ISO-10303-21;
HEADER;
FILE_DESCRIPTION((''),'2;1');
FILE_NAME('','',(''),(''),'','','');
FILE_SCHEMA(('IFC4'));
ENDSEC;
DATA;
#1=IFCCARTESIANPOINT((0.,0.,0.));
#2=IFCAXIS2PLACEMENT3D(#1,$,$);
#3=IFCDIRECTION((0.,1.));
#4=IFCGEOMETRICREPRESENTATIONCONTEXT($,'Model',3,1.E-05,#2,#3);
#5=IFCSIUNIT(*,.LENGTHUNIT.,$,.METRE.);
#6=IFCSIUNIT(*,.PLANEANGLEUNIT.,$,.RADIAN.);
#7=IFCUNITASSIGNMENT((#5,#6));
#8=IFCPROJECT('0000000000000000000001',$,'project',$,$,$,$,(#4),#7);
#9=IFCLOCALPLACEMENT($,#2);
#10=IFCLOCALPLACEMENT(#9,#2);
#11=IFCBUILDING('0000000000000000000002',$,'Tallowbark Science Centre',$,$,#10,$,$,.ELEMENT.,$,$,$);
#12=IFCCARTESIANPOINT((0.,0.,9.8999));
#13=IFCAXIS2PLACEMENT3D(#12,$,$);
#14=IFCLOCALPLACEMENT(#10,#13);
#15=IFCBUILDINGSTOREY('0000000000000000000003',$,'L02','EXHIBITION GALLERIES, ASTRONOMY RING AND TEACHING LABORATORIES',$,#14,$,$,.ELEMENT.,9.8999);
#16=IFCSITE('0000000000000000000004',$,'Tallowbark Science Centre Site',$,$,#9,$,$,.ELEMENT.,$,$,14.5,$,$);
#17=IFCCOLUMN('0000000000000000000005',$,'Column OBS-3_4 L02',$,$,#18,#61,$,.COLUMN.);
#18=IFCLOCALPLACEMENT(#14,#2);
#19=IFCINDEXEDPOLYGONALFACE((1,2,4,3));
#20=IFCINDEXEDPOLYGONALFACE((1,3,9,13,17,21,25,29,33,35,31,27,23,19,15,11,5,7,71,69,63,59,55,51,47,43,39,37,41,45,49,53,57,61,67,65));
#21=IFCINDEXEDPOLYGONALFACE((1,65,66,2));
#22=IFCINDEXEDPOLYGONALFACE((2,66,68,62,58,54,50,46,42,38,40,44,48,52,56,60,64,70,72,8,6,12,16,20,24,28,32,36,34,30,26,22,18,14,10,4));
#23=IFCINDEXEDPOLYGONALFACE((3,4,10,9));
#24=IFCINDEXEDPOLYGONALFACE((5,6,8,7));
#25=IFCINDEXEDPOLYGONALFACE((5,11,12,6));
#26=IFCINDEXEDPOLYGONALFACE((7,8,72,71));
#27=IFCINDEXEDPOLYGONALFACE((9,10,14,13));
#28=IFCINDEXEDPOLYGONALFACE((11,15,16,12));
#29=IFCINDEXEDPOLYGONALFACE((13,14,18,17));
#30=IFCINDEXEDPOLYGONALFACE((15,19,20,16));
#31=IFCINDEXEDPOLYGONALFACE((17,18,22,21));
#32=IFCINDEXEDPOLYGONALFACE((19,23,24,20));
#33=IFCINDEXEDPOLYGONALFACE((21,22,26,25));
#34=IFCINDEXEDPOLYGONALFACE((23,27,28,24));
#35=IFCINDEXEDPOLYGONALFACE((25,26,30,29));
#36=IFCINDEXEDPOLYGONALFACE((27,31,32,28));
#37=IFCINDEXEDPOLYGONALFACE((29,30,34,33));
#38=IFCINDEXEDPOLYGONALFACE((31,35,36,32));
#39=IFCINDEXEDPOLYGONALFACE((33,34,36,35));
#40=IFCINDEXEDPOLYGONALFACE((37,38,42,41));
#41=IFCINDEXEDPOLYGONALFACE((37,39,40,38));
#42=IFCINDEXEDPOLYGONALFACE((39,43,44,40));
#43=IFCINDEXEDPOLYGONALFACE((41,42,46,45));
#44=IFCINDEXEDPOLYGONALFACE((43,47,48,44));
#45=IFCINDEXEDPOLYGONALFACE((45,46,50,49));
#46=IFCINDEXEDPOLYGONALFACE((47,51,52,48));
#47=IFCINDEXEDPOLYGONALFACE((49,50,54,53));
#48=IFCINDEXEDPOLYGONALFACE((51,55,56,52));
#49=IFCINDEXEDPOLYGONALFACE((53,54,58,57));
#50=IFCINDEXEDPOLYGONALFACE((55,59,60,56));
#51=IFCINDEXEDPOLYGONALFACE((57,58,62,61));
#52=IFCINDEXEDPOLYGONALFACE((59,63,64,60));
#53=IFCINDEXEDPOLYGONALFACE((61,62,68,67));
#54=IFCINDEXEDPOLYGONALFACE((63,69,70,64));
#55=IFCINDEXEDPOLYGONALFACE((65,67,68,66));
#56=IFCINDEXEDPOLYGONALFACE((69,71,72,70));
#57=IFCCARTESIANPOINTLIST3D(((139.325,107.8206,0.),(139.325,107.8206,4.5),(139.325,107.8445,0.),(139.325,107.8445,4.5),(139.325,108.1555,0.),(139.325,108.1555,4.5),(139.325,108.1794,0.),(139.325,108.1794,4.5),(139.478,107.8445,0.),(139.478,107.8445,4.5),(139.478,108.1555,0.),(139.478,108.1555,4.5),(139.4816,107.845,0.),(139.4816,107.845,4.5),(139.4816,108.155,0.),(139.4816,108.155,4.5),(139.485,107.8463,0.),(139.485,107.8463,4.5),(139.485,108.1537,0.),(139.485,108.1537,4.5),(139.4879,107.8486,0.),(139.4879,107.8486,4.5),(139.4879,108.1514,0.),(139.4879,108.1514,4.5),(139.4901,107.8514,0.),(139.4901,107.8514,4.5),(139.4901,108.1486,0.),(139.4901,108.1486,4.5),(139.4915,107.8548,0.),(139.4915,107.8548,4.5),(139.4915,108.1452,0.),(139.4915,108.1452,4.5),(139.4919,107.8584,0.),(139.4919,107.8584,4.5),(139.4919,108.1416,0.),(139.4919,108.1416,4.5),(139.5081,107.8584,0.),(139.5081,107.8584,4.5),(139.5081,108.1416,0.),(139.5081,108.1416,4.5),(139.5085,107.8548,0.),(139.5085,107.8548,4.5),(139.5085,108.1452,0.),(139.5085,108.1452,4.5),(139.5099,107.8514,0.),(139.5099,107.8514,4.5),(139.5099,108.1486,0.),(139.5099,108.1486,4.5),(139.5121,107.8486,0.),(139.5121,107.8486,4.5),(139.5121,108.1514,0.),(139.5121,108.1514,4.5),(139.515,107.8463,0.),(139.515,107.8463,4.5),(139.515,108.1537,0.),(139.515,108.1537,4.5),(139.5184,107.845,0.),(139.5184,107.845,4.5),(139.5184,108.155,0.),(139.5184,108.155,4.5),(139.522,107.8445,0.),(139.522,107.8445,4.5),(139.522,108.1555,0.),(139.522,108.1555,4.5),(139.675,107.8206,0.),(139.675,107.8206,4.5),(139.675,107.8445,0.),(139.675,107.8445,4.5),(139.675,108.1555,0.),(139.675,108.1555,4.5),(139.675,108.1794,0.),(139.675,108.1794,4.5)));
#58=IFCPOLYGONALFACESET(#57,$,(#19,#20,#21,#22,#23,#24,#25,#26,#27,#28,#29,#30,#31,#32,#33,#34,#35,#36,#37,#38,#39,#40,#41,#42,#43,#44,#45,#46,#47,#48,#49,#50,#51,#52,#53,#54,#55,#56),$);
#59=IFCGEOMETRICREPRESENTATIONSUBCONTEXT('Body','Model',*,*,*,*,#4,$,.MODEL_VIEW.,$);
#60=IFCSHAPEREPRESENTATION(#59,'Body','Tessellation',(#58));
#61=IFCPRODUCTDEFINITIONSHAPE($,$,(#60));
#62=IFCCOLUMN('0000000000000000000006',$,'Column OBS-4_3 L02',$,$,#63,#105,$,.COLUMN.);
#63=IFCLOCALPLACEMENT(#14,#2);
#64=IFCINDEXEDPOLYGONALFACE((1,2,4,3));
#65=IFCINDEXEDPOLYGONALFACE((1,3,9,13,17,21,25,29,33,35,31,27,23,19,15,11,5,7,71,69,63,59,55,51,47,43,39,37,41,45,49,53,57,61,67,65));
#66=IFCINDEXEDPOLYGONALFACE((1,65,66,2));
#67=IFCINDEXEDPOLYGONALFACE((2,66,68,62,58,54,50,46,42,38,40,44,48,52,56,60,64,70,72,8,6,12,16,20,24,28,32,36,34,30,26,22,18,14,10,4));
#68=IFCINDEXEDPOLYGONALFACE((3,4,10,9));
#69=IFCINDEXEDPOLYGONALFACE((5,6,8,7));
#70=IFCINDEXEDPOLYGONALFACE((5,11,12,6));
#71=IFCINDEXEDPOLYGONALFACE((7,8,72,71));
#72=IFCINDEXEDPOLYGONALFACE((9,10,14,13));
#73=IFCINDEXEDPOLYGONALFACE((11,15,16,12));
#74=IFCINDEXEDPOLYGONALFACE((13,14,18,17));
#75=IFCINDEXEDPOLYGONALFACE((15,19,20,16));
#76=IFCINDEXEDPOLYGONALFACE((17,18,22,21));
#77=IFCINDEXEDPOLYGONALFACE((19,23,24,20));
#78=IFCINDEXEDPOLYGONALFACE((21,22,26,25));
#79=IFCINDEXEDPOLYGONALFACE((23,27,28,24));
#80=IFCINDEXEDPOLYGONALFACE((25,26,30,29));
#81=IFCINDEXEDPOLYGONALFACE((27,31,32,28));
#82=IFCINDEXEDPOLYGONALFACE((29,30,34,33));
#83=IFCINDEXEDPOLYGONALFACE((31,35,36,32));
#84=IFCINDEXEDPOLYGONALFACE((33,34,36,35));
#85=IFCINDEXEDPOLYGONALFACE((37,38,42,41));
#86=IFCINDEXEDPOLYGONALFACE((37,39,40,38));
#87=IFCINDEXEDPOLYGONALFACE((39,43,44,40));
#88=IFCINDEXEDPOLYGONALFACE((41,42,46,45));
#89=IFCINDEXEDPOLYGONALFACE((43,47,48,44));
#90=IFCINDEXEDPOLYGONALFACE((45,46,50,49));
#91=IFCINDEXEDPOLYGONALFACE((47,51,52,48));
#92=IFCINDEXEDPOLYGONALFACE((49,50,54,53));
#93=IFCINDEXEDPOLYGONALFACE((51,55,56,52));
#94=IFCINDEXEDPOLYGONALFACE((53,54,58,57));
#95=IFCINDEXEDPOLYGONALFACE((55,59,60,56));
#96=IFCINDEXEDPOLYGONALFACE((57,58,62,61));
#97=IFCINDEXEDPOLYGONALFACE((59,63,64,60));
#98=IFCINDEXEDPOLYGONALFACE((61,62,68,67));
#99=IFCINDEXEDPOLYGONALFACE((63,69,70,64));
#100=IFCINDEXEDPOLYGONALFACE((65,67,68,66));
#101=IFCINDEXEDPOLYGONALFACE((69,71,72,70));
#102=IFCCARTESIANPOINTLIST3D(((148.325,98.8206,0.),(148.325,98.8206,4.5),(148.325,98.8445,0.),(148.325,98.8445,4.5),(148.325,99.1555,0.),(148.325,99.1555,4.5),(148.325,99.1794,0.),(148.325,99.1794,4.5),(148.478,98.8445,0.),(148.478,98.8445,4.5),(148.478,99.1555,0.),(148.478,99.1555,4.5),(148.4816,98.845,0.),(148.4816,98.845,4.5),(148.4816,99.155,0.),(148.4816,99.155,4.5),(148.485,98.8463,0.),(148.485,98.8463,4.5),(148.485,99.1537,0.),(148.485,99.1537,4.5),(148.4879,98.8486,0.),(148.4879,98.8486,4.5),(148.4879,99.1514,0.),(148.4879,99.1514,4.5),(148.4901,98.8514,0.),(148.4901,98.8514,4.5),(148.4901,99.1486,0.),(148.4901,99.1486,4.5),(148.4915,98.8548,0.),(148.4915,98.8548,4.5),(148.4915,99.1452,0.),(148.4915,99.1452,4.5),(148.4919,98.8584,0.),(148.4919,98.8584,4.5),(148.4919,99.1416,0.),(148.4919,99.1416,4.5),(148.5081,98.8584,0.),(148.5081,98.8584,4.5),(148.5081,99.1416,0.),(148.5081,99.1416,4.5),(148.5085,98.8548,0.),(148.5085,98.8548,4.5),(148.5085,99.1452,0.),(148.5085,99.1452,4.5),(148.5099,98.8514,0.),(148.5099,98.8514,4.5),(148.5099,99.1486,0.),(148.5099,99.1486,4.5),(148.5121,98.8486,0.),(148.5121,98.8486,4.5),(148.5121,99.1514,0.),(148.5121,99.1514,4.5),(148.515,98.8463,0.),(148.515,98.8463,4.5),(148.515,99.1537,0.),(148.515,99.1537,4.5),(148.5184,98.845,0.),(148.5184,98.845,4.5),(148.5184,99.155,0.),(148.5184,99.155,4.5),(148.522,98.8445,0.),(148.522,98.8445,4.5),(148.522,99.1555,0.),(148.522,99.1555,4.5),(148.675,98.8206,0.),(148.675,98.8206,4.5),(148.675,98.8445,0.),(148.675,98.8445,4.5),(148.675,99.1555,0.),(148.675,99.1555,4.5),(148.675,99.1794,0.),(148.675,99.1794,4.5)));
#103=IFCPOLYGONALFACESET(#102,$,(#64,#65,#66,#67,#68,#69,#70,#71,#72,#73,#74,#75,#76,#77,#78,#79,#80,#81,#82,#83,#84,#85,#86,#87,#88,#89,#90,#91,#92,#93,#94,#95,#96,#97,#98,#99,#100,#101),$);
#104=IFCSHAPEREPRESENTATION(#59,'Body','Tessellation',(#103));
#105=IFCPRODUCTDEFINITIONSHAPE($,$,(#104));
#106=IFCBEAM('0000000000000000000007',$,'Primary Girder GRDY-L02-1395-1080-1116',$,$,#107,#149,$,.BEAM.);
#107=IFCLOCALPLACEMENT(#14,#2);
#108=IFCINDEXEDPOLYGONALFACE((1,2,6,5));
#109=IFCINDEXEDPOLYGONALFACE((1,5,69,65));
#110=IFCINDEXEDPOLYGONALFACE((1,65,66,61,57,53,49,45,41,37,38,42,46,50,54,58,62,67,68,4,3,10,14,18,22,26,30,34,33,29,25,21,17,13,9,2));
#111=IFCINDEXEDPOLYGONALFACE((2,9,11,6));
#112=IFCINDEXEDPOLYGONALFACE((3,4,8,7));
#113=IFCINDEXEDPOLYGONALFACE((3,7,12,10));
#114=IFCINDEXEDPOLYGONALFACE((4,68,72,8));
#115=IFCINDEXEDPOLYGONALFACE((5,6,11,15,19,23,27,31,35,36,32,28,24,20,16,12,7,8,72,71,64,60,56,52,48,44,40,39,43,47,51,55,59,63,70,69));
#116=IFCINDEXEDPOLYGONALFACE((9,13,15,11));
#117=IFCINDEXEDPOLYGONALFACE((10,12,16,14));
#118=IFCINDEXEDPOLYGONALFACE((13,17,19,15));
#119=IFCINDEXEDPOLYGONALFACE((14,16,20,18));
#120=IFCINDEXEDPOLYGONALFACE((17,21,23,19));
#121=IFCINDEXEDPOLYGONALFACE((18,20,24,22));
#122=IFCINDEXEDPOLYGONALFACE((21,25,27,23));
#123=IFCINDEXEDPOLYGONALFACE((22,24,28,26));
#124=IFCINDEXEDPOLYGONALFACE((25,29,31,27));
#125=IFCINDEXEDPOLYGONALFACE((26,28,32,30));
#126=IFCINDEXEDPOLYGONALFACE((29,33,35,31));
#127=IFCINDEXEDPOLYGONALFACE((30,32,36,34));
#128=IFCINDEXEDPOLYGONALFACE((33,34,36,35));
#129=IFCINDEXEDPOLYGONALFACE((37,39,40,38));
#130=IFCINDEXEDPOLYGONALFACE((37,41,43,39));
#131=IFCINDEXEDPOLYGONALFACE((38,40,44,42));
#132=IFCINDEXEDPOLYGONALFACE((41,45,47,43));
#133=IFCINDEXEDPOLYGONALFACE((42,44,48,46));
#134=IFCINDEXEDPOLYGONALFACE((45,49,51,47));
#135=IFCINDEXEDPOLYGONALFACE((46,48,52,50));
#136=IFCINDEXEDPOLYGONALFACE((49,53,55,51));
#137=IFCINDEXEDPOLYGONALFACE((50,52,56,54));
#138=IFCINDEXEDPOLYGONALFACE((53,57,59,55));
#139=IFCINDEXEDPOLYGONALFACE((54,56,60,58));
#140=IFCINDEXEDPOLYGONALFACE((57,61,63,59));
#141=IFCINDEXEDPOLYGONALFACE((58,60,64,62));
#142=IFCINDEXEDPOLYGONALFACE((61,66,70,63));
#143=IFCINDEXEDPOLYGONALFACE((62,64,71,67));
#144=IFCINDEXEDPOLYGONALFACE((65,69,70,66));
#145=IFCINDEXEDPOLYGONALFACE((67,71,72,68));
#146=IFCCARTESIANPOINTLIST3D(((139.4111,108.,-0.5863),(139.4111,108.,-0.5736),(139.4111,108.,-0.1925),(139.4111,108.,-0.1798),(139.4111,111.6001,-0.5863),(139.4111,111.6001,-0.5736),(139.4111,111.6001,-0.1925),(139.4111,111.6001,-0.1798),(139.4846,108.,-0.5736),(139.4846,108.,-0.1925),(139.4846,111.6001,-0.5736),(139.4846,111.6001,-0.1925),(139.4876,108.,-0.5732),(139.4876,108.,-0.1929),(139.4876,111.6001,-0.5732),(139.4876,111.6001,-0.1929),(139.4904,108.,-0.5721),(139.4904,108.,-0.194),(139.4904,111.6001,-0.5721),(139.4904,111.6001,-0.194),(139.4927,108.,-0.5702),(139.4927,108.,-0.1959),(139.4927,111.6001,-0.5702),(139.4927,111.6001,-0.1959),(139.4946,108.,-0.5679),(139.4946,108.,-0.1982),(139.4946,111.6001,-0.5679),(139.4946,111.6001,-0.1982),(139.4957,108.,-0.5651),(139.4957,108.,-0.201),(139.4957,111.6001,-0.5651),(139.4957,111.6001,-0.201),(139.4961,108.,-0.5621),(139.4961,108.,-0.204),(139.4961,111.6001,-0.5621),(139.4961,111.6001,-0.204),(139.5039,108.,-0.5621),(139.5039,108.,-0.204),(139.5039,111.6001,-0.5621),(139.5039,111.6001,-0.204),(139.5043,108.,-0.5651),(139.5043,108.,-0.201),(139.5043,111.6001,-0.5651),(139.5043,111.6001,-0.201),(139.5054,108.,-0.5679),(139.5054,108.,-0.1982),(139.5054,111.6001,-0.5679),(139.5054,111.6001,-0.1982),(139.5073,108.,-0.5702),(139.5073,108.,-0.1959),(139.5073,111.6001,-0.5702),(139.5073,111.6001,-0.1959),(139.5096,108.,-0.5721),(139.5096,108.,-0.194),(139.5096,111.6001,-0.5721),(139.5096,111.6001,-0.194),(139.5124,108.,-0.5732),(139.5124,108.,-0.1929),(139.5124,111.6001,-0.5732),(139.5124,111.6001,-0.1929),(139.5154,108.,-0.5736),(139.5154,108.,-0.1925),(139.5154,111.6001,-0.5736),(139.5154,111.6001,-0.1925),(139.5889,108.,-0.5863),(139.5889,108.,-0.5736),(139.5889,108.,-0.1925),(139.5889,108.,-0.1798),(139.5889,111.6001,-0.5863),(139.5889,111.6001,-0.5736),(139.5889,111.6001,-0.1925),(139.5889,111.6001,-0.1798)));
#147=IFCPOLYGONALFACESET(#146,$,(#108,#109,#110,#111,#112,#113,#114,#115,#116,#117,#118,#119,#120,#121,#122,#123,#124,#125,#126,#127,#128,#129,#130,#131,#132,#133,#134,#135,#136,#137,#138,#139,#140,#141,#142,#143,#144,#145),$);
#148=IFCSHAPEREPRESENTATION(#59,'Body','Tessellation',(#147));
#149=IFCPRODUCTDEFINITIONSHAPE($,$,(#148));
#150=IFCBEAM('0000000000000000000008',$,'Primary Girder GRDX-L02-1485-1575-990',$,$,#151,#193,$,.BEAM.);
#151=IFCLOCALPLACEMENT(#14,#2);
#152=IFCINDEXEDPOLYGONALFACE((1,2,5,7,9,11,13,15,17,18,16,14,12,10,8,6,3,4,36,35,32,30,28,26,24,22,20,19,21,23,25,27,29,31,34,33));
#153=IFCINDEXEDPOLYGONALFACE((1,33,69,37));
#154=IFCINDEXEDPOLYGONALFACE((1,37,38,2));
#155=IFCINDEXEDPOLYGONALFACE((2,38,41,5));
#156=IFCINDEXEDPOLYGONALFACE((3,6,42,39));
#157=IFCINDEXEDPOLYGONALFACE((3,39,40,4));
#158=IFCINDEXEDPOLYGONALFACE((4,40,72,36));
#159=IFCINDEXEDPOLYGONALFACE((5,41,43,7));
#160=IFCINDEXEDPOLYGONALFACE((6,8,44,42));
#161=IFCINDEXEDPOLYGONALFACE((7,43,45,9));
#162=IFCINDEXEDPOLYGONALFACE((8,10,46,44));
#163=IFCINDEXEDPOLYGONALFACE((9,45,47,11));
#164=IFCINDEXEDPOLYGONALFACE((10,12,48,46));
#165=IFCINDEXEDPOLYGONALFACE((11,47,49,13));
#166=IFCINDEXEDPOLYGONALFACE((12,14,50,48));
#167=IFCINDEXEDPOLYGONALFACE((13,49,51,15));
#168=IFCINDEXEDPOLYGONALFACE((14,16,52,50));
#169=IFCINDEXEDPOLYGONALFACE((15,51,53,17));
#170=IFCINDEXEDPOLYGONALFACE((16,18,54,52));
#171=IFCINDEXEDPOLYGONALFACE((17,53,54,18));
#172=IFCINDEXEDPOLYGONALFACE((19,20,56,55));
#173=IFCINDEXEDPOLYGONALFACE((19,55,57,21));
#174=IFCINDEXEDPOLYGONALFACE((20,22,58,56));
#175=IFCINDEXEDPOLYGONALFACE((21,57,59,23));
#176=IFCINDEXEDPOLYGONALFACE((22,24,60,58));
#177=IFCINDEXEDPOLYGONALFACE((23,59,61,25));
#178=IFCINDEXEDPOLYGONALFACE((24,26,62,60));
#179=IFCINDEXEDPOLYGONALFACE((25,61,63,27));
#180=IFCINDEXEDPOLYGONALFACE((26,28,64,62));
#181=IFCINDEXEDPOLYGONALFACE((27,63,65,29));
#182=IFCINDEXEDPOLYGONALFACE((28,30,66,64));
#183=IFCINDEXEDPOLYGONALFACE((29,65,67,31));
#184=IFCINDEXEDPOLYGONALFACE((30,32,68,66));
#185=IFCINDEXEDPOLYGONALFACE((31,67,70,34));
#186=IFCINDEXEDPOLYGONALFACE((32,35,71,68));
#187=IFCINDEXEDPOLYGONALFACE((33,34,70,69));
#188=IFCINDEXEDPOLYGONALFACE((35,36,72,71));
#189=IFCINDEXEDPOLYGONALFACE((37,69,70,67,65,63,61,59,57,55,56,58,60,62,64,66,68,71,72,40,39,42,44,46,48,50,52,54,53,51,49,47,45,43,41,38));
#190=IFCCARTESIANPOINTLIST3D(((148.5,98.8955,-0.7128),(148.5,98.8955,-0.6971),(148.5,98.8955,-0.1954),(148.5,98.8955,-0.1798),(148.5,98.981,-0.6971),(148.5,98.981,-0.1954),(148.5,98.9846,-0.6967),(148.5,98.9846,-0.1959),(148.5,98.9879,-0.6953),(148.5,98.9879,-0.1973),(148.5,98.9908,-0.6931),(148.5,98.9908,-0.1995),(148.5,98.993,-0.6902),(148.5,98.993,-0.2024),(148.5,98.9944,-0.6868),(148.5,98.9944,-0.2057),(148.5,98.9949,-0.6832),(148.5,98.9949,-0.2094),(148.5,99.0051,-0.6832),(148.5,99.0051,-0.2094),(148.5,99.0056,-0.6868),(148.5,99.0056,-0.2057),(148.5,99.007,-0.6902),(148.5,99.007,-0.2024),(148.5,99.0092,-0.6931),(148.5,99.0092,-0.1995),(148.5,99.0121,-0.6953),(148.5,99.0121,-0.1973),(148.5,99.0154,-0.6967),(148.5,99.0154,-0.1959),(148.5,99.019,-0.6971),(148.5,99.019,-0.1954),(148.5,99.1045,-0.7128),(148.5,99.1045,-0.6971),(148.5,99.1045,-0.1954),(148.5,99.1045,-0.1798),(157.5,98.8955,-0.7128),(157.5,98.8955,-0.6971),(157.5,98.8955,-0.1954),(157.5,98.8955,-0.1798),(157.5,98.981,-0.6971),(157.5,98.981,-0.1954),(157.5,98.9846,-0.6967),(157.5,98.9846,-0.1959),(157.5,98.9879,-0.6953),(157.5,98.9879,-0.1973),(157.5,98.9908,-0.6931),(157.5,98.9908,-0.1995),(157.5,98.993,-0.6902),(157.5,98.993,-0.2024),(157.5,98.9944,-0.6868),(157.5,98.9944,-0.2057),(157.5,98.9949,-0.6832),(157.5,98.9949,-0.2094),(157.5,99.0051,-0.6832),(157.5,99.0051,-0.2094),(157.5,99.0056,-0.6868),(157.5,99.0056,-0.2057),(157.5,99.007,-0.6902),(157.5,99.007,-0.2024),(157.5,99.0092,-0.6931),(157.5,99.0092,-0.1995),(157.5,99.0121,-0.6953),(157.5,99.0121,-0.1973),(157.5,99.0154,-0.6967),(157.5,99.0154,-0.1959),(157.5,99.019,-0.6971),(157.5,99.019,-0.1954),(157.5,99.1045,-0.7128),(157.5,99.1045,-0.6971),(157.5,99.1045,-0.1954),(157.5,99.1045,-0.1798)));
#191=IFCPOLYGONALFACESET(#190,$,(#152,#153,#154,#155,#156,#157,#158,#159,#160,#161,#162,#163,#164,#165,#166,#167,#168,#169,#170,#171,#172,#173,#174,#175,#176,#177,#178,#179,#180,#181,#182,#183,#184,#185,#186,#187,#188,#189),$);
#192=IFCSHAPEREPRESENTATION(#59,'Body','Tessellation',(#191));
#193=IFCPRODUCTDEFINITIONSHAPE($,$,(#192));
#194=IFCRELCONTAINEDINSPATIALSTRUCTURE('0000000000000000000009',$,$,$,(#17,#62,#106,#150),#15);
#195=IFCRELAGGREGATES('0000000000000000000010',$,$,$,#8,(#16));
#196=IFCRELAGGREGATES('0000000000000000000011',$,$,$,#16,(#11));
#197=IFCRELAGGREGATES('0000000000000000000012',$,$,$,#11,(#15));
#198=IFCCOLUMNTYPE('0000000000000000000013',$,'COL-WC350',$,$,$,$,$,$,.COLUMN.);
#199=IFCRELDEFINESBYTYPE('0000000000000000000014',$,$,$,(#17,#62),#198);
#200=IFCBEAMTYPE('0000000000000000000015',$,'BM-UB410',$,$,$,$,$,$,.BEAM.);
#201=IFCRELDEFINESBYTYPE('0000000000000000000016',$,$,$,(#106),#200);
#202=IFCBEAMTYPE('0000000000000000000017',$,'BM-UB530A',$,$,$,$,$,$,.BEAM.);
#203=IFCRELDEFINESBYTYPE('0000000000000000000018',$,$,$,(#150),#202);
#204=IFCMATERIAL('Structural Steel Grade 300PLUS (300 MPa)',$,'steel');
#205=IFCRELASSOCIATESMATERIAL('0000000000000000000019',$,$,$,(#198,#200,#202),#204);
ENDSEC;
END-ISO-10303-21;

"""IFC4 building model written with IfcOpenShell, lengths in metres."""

from ifc_helpers import new_model, si_unit, direction, frame, origin, origin_2d, place, context, subcontext, project, spatial, i_section, extrude, material, material_profile, profile_set, type_object, element, save


model = new_model("IFC4")

# Units and contexts
model_context = context("Model", 3, precision=1e-05, world=origin(), true_north=direction((0.0, 1.0)))
body_context = subcontext(model_context, "Body", "Model", "MODEL_VIEW")
ifc_project = project(units=[si_unit("LENGTHUNIT", "METRE"), si_unit("PLANEANGLEUNIT", "RADIAN")], contexts=[model_context])

# Site, building, storey
site_placement = place(None, origin())
site = spatial("IfcSite", under=ifc_project, at=site_placement, Name="Tallowbark Science Centre Site", CompositionType="ELEMENT", RefElevation=14.5)
building_placement = place(site_placement, origin())
building = spatial("IfcBuilding", under=site, at=building_placement, Name="Tallowbark Science Centre", CompositionType="ELEMENT")
storey_placement = place(building_placement, frame((0.0, 0.0, 9.8999)))
storey = spatial("IfcBuildingStorey", under=building, at=storey_placement, Name="L02", Description="EXHIBITION GALLERIES, ASTRONOMY RING AND TEACHING LABORATORIES", CompositionType="ELEMENT", Elevation=9.8999)

# Columns
ifc_material_1 = material(Name="Structural Steel Grade 300PLUS (300 MPa)", Category="steel")
ifc_material_profile_1 = material_profile(ifc_material_1, i_section(OverallWidth=0.3501, OverallDepth=0.3589, WebThickness=0.0161, FlangeThickness=0.0239, FilletRadius=0.0139, at=origin_2d()), Name="350WC197")
ifc_profile_set_1 = profile_set([ifc_material_profile_1], Name="Structural Steel Grade 300PLUS (300 MPa)")
column_type = type_object("IfcColumnType", Name="COL-WC350", PredefinedType="COLUMN", material=ifc_profile_set_1)
for number, where, z_axis, x_axis, name in (
    (1, (139.5, 108.0, 0.0), (0.0, 0.0, 1.0), (1.0, 0.0, 0.0), "Column OBS-3_4 L02"),
    (2, (148.5, 99.0, 0.0), (0.0, 0.0, 1.0), (1.0, 0.0, 0.0), "Column OBS-4_3 L02"),
):
    element("IfcColumn", number, at=place(storey_placement, frame(where, z_axis=z_axis, x_axis=x_axis)), inside=storey, type_object=column_type, Name=name, PredefinedType="COLUMN", context=body_context, shape_type="SweptSolid", body=[
        extrude(i_section(OverallWidth=0.3501, OverallDepth=0.3589, WebThickness=0.0161, FlangeThickness=0.0239, FilletRadius=0.0139, at=origin_2d()), origin(), (0.0, 0.0, 1.0), 4.5),
    ])

# Beams
ifc_material_profile_2 = material_profile(ifc_material_1, i_section(OverallWidth=0.1777, OverallDepth=0.4065, WebThickness=0.0078, FlangeThickness=0.0127, FilletRadius=0.0115, at=origin_2d()), Name="410UB59.7")
ifc_profile_set_2 = profile_set([ifc_material_profile_2], Name="Structural Steel Grade 300PLUS (300 MPa)")
beam_type_1 = type_object("IfcBeamType", Name="BM-UB410", PredefinedType="BEAM", material=ifc_profile_set_2)
beam_1_placement = place(storey_placement, frame((139.5, 108.0, -0.3831), z_axis=(0.0, 1.0, 0.0), x_axis=(-1.0, 0.0, 0.0)))
element("IfcBeam", 3, at=beam_1_placement, inside=storey, type_object=beam_type_1, Name="Primary Girder GRDY-L02-1395-1080-1116", PredefinedType="BEAM", context=body_context, shape_type="SweptSolid", body=[
    extrude(i_section(OverallWidth=0.1777, OverallDepth=0.4065, WebThickness=0.0078, FlangeThickness=0.0127, FilletRadius=0.0115, at=origin_2d()), origin(), (0.0, 0.0, 1.0), 3.6001),
])
ifc_material_profile_3 = material_profile(ifc_material_1, i_section(OverallWidth=0.209, OverallDepth=0.533, WebThickness=0.0103, FlangeThickness=0.0156, FilletRadius=0.0139, at=origin_2d()), Name="530UB92.4")
ifc_profile_set_3 = profile_set([ifc_material_profile_3], Name="Structural Steel Grade 300PLUS (300 MPa)")
beam_type_2 = type_object("IfcBeamType", Name="BM-UB530A", PredefinedType="BEAM", material=ifc_profile_set_3)
beam_2_placement = place(storey_placement, frame((148.5, 99.0, -0.4463), z_axis=(1.0, 0.0, 0.0), x_axis=(0.0, 1.0, 0.0)))
element("IfcBeam", 4, at=beam_2_placement, inside=storey, type_object=beam_type_2, Name="Primary Girder GRDX-L02-1485-1575-990", PredefinedType="BEAM", context=body_context, shape_type="SweptSolid", body=[
    extrude(i_section(OverallWidth=0.209, OverallDepth=0.533, WebThickness=0.0103, FlangeThickness=0.0156, FilletRadius=0.0139, at=origin_2d()), origin(), (0.0, 0.0, 1.0), 9.0),
])

save(model, "model.ifc")
